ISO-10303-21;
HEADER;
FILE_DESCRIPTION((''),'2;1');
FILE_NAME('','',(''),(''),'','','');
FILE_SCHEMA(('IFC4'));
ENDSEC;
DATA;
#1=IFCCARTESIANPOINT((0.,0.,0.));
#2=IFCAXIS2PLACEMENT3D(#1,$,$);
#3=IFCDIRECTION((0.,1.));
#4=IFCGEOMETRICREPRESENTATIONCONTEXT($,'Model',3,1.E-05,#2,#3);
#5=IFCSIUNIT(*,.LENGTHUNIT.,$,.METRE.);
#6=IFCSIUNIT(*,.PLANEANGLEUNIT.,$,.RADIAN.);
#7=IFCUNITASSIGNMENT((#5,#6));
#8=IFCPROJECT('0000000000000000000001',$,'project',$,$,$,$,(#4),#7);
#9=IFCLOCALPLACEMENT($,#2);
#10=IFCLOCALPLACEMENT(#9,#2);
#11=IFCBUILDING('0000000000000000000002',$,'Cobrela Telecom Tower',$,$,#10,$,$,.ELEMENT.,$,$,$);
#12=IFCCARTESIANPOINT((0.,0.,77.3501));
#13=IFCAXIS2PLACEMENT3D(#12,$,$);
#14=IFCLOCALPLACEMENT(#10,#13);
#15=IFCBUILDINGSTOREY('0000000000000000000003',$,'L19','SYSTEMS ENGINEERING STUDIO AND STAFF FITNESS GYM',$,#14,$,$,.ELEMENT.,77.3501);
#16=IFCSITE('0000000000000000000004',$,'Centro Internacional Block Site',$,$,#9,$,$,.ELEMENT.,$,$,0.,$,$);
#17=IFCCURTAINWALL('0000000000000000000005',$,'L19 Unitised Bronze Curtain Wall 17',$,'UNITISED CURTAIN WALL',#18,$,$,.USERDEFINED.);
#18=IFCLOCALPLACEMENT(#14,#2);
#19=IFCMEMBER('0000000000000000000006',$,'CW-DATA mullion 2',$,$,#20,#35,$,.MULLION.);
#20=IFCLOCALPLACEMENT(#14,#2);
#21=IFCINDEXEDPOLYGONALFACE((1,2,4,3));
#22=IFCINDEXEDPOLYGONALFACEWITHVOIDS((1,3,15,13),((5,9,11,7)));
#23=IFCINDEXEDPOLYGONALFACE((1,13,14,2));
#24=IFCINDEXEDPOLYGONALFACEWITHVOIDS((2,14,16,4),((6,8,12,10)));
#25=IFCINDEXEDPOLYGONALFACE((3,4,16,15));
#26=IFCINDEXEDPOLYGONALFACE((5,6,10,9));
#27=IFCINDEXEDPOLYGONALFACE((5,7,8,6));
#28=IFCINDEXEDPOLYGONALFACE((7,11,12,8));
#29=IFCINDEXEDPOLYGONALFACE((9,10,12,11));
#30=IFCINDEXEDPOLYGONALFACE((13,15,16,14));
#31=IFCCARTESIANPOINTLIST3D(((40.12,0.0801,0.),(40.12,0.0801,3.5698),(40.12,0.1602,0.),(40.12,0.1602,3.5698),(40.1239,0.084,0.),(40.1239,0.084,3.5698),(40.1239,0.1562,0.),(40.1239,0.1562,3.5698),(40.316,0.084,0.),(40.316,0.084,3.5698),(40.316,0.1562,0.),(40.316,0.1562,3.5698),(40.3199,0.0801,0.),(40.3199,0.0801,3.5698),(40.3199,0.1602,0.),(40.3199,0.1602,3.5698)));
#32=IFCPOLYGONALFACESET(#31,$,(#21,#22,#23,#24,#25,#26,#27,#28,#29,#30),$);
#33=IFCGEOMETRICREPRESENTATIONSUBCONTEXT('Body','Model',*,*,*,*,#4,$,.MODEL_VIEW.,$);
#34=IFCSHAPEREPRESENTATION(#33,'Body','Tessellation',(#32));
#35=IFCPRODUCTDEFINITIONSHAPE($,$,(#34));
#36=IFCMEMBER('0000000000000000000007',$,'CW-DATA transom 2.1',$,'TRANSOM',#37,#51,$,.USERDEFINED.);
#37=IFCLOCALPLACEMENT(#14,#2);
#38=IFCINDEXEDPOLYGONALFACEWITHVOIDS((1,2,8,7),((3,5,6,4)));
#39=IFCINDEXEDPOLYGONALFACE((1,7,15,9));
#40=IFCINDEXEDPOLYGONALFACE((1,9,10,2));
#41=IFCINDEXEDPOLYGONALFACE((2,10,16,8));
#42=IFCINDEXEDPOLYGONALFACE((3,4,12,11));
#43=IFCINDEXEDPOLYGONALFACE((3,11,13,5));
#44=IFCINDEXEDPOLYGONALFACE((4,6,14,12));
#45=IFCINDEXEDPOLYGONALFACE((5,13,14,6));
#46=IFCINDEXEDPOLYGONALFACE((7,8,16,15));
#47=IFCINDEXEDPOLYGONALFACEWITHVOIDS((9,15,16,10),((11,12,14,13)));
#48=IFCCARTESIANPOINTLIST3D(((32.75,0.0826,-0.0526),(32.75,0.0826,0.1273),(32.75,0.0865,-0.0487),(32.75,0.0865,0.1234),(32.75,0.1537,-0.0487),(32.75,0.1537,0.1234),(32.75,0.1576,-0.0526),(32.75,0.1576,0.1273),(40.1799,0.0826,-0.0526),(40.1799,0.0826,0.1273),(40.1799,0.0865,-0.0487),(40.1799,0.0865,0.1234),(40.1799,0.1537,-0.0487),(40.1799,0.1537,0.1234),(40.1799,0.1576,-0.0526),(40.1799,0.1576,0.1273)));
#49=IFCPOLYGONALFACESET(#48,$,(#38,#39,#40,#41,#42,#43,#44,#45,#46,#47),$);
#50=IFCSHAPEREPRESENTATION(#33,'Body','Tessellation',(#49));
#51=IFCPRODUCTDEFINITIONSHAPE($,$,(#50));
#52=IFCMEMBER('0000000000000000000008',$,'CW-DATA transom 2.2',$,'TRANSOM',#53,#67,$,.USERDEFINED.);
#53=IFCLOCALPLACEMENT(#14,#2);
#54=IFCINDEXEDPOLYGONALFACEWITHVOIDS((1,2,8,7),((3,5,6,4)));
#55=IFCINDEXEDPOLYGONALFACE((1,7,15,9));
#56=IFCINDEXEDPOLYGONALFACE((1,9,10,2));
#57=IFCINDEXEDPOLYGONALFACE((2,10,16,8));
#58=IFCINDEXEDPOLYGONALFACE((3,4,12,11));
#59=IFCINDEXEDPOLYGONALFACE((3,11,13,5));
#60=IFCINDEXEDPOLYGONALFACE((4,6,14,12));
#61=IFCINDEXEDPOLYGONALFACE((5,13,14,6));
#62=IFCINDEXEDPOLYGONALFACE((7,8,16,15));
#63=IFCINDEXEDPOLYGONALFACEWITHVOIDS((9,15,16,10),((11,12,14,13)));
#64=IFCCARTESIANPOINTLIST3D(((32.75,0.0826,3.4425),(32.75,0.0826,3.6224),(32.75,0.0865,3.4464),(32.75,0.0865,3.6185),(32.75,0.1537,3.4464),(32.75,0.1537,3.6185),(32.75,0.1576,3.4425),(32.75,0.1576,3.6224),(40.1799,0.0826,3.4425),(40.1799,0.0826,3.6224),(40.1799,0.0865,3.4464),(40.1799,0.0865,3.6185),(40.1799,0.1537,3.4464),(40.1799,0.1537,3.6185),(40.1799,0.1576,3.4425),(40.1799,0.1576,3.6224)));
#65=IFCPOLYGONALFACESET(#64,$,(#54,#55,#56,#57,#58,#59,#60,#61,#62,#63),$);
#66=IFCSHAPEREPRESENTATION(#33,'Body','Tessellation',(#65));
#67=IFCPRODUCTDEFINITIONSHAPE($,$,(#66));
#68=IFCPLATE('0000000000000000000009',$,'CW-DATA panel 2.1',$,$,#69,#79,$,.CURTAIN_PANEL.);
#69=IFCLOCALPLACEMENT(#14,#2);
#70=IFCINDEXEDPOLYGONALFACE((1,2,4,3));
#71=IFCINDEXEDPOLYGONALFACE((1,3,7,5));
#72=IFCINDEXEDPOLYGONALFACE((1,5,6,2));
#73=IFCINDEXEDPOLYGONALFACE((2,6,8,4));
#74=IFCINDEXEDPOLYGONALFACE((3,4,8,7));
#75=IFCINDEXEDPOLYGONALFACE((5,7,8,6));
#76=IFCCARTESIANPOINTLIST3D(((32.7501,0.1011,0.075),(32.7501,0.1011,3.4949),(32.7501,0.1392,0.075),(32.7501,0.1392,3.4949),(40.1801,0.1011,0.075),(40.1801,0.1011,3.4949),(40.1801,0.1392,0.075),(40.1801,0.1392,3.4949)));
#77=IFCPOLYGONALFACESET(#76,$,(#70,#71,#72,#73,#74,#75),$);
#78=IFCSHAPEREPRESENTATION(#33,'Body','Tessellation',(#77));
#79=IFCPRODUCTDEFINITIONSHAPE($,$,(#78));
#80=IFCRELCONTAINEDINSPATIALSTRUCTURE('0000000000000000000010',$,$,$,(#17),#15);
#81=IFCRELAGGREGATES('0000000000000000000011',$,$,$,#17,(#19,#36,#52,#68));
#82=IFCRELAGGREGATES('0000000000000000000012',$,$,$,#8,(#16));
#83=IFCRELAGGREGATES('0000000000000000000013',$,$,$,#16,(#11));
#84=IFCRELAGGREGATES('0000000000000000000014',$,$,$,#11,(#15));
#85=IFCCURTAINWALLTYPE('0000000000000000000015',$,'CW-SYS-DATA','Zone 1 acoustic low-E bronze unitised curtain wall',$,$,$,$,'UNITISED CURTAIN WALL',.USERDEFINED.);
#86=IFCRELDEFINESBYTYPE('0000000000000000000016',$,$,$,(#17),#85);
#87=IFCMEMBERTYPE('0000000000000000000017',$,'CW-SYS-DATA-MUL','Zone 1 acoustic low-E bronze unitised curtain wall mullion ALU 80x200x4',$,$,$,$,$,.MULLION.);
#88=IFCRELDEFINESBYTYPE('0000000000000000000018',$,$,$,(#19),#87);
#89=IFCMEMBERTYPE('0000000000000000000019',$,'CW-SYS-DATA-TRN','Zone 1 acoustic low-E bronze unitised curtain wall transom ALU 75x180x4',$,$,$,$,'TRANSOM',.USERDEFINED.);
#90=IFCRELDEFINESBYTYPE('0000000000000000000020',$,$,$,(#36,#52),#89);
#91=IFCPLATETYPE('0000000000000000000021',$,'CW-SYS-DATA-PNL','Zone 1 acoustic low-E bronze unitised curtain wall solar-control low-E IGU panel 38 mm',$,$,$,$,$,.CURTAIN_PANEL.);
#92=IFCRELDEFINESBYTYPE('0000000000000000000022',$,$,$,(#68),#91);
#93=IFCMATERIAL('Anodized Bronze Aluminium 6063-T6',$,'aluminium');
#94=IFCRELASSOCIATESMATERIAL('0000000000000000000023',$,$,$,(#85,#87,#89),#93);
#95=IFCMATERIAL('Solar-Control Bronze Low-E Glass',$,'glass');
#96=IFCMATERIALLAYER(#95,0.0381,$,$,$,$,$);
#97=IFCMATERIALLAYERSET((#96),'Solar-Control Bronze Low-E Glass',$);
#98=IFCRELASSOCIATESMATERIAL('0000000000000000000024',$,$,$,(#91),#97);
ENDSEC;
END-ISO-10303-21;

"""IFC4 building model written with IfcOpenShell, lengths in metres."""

from ifc_helpers import new_model, si_unit, direction, frame, origin, origin_2d, place, context, subcontext, project, spatial, rectangle, hollow_rectangle, extrude, material, layer, layer_set, material_profile, profile_set, type_object, element, aggregate, save


model = new_model("IFC4")

# Units and contexts
model_context = context("Model", 3, precision=1e-05, world=origin(), true_north=direction((0.0, 1.0)))
body_context = subcontext(model_context, "Body", "Model", "MODEL_VIEW")
ifc_project = project(units=[si_unit("LENGTHUNIT", "METRE"), si_unit("PLANEANGLEUNIT", "RADIAN")], contexts=[model_context])

# Site, building, storey
site_placement = place(None, origin())
site = spatial("IfcSite", under=ifc_project, at=site_placement, Name="Centro Internacional Block Site", CompositionType="ELEMENT", RefElevation=0.0)
building_placement = place(site_placement, origin())
building = spatial("IfcBuilding", under=site, at=building_placement, Name="Cobrela Telecom Tower", CompositionType="ELEMENT")
storey_placement = place(building_placement, frame((0.0, 0.0, 77.3501)))
storey = spatial("IfcBuildingStorey", under=building, at=storey_placement, Name="L19", Description="SYSTEMS ENGINEERING STUDIO AND STAFF FITNESS GYM", CompositionType="ELEMENT", Elevation=77.3501)

# Curtain wall, members, plate
ifc_material_1 = material(Name="Anodized Bronze Aluminium 6063-T6", Category="aluminium")
curtain_wall_type = type_object("IfcCurtainWallType", Name="CW-SYS-DATA", Description="Zone 1 acoustic low-E bronze unitised curtain wall", ElementType="UNITISED CURTAIN WALL", PredefinedType="USERDEFINED", material=ifc_material_1)
curtain_wall_placement = place(storey_placement, origin())
curtain_wall = element("IfcCurtainWall", 1, at=curtain_wall_placement, inside=storey, type_object=curtain_wall_type, Name="L19 Unitised Bronze Curtain Wall 17", ObjectType="UNITISED CURTAIN WALL", PredefinedType="USERDEFINED")
ifc_material_profile_1 = material_profile(ifc_material_1, hollow_rectangle(XDim=0.0801, YDim=0.2, WallThickness=0.0039, at=origin_2d()), Name="ALU 80x200x4")
ifc_profile_set_1 = profile_set([ifc_material_profile_1], Name="Anodized Bronze Aluminium 6063-T6")
member_type_1 = type_object("IfcMemberType", Name="CW-SYS-DATA-MUL", Description="Zone 1 acoustic low-E bronze unitised curtain wall mullion ALU 80x200x4", PredefinedType="MULLION", material=ifc_profile_set_1)
member_1_placement = place(storey_placement, frame((40.22, 0.1201, 0.0), z_axis=(0.0, 0.0, 1.0), x_axis=(0.0, -1.0, 0.0)))
member_1 = element("IfcMember", 2, at=member_1_placement, type_object=member_type_1, Name="CW-DATA mullion 2", PredefinedType="MULLION", context=body_context, shape_type="SweptSolid", body=[
    extrude(hollow_rectangle(XDim=0.0801, YDim=0.2, WallThickness=0.0039, at=origin_2d()), origin(), (0.0, 0.0, 1.0), 3.5698),
])
ifc_material_profile_2 = material_profile(ifc_material_1, hollow_rectangle(XDim=0.075, YDim=0.1799, WallThickness=0.0039, at=origin_2d()), Name="ALU 75x180x4")
ifc_profile_set_2 = profile_set([ifc_material_profile_2], Name="Anodized Bronze Aluminium 6063-T6")
member_type_2 = type_object("IfcMemberType", Name="CW-SYS-DATA-TRN", Description="Zone 1 acoustic low-E bronze unitised curtain wall transom ALU 75x180x4", ElementType="TRANSOM", PredefinedType="USERDEFINED", material=ifc_profile_set_2)
member_2_placement = place(storey_placement, frame((40.1799, 0.1201, 0.0374), z_axis=(-1.0, 0.0, 0.0), x_axis=(0.0, -1.0, 0.0)))
member_2 = element("IfcMember", 3, at=member_2_placement, type_object=member_type_2, Name="CW-DATA transom 2.1", ObjectType="TRANSOM", PredefinedType="USERDEFINED", context=body_context, shape_type="SweptSolid", body=[
    extrude(hollow_rectangle(XDim=0.075, YDim=0.1799, WallThickness=0.0039, at=origin_2d()), origin(), (0.0, 0.0, 1.0), 7.4299),
])
member_3_placement = place(storey_placement, frame((40.1799, 0.1201, 3.5325), z_axis=(-1.0, 0.0, 0.0), x_axis=(0.0, -1.0, 0.0)))
member_3 = element("IfcMember", 4, at=member_3_placement, type_object=member_type_2, Name="CW-DATA transom 2.2", ObjectType="TRANSOM", PredefinedType="USERDEFINED", context=body_context, shape_type="SweptSolid", body=[
    extrude(hollow_rectangle(XDim=0.075, YDim=0.1799, WallThickness=0.0039, at=origin_2d()), origin(), (0.0, 0.0, 1.0), 7.4299),
])
ifc_material_2 = material(Name="Solar-Control Bronze Low-E Glass", Category="glass")
ifc_layer = layer(ifc_material_2, 0.0381)
ifc_layer_set = layer_set([ifc_layer], Name="Solar-Control Bronze Low-E Glass")
plate_type = type_object("IfcPlateType", Name="CW-SYS-DATA-PNL", Description="Zone 1 acoustic low-E bronze unitised curtain wall solar-control low-E IGU panel 38 mm", PredefinedType="CURTAIN_PANEL", material=ifc_layer_set)
plate_placement = place(storey_placement, frame((36.4651, 0.1201, 0.075), z_axis=(0.0, 0.0, 1.0), x_axis=(-1.0, 0.0, 0.0)))
plate = element("IfcPlate", 5, at=plate_placement, type_object=plate_type, Name="CW-DATA panel 2.1", PredefinedType="CURTAIN_PANEL", context=body_context, shape_type="SweptSolid", body=[
    extrude(rectangle(XDim=7.4299, YDim=0.0381, at=origin_2d()), origin(), (0.0, 0.0, 1.0), 3.4199),
])
aggregate(curtain_wall, [member_1, member_2, member_3, plate])

save(model, "model.ifc")
